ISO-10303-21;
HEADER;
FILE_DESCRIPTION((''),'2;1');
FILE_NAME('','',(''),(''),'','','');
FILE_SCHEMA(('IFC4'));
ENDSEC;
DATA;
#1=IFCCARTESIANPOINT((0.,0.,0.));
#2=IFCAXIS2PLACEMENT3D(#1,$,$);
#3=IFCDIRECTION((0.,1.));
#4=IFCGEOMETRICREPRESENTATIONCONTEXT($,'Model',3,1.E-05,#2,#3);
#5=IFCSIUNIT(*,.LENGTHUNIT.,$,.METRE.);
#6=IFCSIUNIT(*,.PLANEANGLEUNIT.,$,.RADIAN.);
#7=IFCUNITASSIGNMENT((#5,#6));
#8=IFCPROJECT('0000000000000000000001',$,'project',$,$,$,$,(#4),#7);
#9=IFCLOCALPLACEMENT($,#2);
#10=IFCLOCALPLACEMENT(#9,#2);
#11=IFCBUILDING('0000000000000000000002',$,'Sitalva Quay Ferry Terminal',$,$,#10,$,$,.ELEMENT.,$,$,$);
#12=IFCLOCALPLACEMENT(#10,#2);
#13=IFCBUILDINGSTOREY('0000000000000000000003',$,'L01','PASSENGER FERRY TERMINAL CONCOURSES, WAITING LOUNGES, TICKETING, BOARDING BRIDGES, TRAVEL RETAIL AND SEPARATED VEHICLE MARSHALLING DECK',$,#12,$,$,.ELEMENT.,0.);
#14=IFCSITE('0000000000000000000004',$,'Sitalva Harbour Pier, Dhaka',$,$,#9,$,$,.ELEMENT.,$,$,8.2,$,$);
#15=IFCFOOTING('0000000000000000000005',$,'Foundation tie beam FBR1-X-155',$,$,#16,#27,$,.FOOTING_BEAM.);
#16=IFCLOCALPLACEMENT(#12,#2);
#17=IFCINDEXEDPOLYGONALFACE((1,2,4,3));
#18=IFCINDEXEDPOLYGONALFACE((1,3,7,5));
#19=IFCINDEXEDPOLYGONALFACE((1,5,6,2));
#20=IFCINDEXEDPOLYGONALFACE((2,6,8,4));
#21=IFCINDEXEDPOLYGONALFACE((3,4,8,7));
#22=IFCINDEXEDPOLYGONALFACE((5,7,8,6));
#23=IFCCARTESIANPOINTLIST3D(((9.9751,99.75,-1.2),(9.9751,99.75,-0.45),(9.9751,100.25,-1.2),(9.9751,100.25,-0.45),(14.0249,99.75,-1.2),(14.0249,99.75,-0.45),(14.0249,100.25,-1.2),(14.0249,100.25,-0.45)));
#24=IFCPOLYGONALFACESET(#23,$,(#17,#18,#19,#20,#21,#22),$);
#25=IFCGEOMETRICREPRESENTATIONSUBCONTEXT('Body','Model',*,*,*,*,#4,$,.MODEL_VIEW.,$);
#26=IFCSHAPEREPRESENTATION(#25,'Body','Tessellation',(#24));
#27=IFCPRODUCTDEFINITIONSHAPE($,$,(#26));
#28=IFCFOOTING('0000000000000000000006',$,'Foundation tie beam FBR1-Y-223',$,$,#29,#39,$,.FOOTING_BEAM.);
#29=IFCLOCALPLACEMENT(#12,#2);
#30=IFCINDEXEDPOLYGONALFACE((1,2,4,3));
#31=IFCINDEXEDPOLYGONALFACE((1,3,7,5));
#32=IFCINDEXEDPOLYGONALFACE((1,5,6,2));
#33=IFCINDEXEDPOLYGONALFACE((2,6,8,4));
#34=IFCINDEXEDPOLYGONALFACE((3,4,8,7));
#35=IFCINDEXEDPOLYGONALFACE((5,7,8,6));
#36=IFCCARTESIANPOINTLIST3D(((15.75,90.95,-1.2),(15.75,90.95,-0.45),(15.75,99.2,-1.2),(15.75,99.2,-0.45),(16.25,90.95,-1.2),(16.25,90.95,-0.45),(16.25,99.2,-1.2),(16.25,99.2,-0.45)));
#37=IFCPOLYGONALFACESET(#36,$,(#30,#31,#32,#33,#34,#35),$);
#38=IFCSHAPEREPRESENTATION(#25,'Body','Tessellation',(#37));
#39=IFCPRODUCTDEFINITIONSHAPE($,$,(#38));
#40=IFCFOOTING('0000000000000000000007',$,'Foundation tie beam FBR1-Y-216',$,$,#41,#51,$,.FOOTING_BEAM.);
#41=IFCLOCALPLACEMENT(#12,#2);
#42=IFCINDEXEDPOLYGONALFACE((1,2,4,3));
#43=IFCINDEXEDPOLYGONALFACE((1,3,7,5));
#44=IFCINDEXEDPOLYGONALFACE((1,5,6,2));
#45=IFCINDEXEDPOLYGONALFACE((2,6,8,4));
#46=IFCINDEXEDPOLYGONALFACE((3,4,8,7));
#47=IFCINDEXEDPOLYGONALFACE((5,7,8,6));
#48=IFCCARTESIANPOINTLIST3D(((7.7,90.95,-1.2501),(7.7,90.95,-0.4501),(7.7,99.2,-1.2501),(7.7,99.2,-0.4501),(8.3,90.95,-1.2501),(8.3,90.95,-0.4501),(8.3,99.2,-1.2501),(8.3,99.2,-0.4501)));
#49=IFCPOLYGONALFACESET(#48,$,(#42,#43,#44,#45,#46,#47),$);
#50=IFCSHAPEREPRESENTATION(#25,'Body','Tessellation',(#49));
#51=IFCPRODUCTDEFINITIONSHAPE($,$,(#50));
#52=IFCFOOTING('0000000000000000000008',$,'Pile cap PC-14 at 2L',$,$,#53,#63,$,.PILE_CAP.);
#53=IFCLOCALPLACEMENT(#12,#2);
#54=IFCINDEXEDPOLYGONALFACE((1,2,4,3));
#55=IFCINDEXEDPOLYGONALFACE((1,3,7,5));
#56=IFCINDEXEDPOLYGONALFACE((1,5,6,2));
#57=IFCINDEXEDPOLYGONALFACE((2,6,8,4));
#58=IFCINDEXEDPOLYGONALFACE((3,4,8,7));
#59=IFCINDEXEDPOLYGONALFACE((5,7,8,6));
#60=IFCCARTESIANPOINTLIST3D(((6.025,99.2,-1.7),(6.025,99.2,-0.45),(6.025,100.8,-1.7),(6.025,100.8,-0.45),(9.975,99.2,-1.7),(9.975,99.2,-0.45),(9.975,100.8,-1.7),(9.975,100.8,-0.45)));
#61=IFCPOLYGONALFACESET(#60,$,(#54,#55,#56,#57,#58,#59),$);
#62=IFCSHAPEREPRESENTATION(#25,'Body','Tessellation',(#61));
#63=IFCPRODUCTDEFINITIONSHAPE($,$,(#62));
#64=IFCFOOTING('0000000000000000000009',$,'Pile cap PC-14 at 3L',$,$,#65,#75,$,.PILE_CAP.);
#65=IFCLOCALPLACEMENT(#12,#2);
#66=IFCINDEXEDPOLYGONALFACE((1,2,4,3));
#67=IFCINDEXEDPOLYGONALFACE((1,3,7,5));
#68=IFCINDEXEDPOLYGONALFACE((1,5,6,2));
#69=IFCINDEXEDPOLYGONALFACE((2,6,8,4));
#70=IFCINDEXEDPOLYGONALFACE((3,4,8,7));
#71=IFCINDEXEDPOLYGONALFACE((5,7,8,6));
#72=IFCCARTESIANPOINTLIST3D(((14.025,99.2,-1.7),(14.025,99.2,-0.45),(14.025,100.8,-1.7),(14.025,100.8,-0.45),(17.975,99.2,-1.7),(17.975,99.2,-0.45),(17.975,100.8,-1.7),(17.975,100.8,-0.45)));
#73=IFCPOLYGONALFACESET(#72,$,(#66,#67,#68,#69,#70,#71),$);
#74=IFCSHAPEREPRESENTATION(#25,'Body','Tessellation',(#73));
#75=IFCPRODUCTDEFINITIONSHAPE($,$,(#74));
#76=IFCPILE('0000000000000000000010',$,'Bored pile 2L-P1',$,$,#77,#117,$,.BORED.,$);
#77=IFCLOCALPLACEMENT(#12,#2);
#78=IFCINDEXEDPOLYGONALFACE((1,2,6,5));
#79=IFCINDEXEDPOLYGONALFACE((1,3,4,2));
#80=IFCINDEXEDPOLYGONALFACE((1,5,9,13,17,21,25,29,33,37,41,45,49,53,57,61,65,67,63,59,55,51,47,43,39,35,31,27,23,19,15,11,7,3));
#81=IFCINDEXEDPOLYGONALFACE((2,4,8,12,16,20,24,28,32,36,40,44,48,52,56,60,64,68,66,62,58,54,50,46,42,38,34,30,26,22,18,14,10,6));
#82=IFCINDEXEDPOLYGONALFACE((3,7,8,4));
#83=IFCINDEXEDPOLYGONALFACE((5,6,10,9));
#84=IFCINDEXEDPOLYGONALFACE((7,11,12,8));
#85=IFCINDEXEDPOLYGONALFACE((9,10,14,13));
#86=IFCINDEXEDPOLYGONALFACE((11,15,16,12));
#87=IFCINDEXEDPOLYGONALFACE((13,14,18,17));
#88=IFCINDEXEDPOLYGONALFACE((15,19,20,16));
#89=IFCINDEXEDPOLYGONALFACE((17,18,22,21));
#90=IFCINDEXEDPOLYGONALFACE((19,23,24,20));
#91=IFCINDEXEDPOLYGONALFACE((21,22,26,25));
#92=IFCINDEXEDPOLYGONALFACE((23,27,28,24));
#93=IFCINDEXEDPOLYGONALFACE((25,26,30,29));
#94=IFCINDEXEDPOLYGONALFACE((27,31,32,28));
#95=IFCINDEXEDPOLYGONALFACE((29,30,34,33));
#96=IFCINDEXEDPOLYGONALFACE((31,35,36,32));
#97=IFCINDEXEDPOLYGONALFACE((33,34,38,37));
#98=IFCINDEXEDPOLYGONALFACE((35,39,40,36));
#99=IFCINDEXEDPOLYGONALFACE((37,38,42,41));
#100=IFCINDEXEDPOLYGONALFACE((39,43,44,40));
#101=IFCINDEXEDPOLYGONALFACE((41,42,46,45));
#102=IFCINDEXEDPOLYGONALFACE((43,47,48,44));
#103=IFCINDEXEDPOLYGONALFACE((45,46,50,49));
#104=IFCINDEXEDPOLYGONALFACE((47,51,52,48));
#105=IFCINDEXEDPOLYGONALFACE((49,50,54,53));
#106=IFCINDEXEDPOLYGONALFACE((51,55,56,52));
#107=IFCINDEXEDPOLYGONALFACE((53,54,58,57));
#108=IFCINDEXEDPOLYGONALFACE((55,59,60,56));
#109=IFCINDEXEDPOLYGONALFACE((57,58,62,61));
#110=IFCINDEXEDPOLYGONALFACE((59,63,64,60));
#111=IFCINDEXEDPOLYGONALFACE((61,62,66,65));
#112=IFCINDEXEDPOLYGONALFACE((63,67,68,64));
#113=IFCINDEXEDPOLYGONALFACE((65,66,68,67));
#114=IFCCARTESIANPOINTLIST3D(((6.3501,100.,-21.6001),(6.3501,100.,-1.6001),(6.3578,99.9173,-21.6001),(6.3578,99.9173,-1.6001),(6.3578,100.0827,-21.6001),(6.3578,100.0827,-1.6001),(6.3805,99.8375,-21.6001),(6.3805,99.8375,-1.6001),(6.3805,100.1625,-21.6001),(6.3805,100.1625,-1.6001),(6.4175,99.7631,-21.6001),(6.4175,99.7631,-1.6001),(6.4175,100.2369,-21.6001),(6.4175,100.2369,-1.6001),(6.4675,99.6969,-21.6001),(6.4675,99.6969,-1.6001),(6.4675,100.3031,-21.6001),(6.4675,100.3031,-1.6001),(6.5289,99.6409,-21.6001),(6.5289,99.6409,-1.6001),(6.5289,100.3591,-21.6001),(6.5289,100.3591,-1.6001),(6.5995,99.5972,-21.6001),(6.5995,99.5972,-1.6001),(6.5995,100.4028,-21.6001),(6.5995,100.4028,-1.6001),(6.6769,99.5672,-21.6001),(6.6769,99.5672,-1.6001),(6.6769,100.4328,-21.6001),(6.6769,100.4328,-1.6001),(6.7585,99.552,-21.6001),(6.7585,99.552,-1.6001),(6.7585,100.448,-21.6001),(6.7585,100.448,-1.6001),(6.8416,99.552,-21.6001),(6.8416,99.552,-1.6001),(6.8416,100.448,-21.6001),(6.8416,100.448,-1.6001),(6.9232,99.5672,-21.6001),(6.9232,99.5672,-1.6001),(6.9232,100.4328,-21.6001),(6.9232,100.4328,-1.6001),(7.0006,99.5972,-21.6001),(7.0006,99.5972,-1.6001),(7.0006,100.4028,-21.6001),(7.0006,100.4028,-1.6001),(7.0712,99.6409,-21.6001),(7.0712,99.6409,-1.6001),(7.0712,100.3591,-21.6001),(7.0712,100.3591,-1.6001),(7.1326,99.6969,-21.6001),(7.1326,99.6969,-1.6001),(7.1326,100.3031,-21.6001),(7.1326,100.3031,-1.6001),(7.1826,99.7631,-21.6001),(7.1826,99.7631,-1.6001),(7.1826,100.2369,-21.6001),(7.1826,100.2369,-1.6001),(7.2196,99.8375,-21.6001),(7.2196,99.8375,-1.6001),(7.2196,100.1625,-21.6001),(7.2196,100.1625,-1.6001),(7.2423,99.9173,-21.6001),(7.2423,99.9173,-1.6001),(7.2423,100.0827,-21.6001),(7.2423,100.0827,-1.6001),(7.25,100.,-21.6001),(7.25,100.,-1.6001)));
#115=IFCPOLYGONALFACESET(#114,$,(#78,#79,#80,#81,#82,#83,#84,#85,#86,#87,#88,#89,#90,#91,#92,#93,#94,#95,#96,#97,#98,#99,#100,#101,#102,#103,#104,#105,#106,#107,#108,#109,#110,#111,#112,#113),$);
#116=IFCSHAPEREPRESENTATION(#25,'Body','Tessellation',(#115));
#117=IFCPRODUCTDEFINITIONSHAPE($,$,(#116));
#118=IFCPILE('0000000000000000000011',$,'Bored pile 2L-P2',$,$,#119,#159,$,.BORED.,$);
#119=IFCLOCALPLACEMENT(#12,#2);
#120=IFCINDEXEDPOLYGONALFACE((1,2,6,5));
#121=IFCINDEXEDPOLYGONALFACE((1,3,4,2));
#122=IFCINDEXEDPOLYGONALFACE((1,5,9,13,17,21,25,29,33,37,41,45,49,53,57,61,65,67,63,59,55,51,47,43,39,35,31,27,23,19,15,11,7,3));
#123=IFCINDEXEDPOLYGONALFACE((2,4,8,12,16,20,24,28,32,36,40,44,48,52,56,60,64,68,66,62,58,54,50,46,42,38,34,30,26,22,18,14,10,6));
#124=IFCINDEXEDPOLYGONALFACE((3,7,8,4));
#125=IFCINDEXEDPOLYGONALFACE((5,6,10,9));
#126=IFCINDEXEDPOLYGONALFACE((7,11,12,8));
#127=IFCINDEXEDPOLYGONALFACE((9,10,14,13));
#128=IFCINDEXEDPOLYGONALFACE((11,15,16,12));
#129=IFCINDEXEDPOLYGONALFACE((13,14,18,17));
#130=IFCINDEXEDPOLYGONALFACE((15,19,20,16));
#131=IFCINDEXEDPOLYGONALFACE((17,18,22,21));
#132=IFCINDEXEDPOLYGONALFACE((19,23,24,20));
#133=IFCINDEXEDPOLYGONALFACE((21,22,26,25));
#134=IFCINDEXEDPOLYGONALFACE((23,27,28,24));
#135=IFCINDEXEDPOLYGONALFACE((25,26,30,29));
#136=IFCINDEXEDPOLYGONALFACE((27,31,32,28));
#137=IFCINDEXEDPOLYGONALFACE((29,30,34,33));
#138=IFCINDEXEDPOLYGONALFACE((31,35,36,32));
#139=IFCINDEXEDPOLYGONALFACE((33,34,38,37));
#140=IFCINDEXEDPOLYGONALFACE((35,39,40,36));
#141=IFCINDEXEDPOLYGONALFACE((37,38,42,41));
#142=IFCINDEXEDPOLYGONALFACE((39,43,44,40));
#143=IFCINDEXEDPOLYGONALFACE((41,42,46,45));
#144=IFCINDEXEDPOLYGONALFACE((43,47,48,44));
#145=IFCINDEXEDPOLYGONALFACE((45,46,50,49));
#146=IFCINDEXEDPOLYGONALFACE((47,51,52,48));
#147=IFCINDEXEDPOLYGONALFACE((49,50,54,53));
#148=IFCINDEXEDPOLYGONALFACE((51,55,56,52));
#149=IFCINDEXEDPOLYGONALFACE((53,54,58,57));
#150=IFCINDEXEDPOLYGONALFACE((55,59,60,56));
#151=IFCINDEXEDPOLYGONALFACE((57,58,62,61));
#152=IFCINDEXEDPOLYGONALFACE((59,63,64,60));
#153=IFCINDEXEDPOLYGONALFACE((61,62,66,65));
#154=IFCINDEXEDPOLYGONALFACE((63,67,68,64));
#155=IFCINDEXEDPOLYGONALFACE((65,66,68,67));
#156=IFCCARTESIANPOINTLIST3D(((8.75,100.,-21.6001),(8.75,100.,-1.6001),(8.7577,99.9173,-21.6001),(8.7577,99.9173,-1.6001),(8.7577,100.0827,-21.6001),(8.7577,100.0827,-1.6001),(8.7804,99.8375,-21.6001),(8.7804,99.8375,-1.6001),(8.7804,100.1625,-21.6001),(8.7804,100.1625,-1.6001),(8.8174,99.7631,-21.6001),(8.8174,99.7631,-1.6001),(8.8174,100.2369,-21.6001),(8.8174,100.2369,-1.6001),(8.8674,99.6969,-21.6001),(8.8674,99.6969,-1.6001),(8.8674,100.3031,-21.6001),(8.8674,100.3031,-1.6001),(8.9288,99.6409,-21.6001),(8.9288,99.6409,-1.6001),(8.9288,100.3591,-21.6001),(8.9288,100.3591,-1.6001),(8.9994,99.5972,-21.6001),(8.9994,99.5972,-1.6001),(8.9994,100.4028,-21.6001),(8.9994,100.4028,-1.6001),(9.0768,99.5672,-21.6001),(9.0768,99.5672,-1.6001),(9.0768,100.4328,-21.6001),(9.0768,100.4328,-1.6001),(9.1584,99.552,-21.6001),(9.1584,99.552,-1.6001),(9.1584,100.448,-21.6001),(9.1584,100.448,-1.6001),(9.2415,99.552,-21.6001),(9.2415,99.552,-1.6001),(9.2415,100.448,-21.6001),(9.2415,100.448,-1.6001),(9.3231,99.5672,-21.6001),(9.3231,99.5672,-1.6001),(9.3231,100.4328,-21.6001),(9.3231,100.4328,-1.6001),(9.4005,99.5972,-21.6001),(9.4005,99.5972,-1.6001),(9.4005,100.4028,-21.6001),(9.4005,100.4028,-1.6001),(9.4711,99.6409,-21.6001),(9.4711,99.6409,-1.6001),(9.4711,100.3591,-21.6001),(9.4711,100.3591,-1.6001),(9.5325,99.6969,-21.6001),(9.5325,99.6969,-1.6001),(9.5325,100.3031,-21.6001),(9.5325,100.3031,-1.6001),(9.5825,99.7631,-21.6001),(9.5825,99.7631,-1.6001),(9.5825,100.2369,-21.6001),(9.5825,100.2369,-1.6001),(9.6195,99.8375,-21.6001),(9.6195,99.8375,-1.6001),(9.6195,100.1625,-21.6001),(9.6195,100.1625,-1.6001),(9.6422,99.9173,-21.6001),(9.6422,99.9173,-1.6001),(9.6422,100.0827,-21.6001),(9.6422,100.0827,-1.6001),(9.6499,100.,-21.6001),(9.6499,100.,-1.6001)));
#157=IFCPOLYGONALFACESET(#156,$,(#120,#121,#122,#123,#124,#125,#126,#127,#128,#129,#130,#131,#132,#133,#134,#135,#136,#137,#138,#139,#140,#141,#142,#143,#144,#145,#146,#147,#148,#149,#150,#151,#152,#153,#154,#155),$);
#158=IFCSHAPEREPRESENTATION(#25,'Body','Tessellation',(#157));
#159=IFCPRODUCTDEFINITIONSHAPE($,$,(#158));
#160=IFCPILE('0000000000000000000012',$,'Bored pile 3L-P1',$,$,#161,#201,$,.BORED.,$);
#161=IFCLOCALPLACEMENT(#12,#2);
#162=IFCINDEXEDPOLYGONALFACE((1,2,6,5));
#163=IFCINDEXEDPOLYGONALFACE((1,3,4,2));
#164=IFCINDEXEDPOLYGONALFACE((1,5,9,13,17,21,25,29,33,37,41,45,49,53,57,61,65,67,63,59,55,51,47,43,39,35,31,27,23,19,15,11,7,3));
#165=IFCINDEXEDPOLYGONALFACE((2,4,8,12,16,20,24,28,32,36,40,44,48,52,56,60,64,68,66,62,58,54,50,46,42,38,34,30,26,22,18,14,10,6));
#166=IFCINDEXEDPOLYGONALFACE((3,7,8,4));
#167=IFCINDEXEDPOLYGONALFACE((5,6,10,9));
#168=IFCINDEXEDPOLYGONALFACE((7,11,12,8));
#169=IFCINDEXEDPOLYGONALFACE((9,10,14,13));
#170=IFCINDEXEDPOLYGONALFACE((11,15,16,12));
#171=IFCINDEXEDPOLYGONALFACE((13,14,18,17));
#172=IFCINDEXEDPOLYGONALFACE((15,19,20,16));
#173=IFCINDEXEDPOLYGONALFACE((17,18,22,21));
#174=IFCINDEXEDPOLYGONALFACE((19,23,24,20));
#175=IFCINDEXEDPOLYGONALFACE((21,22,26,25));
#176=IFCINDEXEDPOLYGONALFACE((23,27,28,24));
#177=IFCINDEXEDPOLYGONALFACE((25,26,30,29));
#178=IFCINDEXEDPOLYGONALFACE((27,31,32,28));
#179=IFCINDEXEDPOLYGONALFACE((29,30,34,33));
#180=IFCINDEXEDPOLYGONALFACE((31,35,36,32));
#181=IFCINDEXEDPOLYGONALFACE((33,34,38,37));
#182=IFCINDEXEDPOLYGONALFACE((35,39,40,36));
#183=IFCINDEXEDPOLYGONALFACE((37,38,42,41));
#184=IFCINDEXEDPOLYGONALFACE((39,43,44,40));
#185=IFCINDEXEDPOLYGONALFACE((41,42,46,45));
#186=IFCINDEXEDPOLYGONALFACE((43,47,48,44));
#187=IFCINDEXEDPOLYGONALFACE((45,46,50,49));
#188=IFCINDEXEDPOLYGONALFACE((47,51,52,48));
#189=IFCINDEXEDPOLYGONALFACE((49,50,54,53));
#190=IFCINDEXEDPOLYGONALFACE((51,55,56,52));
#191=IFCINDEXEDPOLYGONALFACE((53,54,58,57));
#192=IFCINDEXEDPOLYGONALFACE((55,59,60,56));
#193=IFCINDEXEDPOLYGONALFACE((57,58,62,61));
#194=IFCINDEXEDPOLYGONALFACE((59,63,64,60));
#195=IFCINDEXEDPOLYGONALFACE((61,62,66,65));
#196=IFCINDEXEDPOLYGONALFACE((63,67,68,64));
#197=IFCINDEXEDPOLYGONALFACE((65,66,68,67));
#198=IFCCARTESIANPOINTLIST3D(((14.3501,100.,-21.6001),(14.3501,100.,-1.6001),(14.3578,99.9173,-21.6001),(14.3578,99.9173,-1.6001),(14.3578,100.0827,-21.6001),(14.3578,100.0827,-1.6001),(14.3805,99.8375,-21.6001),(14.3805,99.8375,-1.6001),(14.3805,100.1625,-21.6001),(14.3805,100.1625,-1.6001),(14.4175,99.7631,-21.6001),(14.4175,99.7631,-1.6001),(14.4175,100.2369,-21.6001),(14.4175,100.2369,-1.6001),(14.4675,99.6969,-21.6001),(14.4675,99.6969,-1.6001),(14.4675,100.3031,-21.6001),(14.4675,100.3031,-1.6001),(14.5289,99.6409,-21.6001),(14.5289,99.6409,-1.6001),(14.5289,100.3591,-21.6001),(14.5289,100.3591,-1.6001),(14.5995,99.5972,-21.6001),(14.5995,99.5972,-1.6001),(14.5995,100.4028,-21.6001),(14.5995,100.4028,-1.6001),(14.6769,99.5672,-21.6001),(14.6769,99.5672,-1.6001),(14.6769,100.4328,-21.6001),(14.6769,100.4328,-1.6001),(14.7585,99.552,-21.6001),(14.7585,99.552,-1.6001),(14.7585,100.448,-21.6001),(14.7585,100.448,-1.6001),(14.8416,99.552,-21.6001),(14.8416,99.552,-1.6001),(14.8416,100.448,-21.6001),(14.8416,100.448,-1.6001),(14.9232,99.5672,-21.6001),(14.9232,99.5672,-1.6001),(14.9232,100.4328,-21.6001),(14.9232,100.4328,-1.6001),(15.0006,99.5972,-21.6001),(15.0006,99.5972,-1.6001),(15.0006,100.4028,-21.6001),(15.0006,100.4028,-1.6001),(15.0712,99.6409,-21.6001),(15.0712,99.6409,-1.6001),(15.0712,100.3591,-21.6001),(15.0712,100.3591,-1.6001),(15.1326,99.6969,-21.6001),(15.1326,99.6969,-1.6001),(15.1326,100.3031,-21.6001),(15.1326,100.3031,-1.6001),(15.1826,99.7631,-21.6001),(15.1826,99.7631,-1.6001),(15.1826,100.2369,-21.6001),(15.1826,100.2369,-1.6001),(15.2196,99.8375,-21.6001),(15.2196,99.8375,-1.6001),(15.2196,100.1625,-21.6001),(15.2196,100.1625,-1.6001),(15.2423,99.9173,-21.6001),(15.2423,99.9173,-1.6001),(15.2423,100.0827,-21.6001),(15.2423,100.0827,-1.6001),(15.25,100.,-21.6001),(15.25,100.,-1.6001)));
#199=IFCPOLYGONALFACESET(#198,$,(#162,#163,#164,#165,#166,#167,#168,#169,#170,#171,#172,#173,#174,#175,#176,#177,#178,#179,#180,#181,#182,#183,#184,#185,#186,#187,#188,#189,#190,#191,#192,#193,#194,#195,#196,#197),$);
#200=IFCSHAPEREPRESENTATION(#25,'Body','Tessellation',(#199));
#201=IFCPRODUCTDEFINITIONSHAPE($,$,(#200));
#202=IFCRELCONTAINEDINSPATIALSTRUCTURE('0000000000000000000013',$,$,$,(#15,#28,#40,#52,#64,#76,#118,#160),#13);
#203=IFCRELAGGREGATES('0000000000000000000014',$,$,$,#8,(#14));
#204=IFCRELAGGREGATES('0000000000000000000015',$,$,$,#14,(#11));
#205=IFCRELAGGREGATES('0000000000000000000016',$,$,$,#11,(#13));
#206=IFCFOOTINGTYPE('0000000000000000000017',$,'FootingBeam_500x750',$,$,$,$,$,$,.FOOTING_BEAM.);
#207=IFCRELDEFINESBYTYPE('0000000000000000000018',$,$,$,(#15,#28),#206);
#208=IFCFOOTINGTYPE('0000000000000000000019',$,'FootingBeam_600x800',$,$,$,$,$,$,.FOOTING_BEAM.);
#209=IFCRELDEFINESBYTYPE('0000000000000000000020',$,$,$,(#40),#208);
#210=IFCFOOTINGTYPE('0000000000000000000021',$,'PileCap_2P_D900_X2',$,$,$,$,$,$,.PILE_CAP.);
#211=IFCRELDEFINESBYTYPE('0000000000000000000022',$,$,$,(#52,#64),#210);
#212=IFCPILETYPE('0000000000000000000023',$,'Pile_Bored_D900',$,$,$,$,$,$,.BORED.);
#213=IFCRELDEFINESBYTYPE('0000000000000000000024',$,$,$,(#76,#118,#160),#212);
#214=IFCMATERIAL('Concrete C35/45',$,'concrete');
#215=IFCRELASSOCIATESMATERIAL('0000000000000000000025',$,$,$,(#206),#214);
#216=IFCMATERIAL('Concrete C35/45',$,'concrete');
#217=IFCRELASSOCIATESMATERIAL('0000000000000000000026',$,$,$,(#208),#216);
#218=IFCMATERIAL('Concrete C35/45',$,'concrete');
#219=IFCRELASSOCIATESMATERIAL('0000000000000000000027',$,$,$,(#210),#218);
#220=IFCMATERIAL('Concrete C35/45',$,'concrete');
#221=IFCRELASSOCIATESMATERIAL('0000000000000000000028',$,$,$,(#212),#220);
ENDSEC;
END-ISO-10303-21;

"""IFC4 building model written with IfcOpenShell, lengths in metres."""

from ifc_helpers import new_model, si_unit, direction, frame, origin, origin_2d, place, context, subcontext, project, spatial, rectangle, circle, extrude, material, material_profile, profile_set, type_object, element, save


model = new_model("IFC4")

# Units and contexts
model_context = context("Model", 3, precision=1e-05, world=origin(), true_north=direction((0.0, 1.0)))
body_context = subcontext(model_context, "Body", "Model", "MODEL_VIEW")
ifc_project = project(units=[si_unit("LENGTHUNIT", "METRE"), si_unit("PLANEANGLEUNIT", "RADIAN")], contexts=[model_context])

# Site, building, storey
site_placement = place(None, origin())
site = spatial("IfcSite", under=ifc_project, at=site_placement, Name="Sitalva Harbour Pier, Dhaka", CompositionType="ELEMENT", RefElevation=8.2)
building_placement = place(site_placement, origin())
building = spatial("IfcBuilding", under=site, at=building_placement, Name="Sitalva Quay Ferry Terminal", CompositionType="ELEMENT")
storey_placement = place(building_placement, origin())
storey = spatial("IfcBuildingStorey", under=building, at=storey_placement, Name="L01", Description="PASSENGER FERRY TERMINAL CONCOURSES, WAITING LOUNGES, TICKETING, BOARDING BRIDGES, TRAVEL RETAIL AND SEPARATED VEHICLE MARSHALLING DECK", CompositionType="ELEMENT", Elevation=0.0)

# Footings
ifc_material_1 = material(Name="Concrete C35/45", Category="concrete")
ifc_material_profile_1 = material_profile(ifc_material_1, rectangle(XDim=0.5, YDim=0.75, at=origin_2d()), Name="RC500x750")
ifc_profile_set_1 = profile_set([ifc_material_profile_1], Name="Concrete C35/45")
footing_type_1 = type_object("IfcFootingType", Name="FootingBeam_500x750", PredefinedType="FOOTING_BEAM", material=ifc_profile_set_1)
footing_1_placement = place(storey_placement, frame((9.9751, 100.0, -0.825), z_axis=(1.0, 0.0, 0.0), x_axis=(0.0, 1.0, 0.0)))
element("IfcFooting", 1, at=footing_1_placement, inside=storey, type_object=footing_type_1, Name="Foundation tie beam FBR1-X-155", PredefinedType="FOOTING_BEAM", context=body_context, shape_type="SweptSolid", body=[
    extrude(rectangle(XDim=0.5, YDim=0.75, at=origin_2d()), origin(), (0.0, 0.0, 1.0), 4.0498),
])
footing_2_placement = place(storey_placement, frame((16.0, 90.95, -0.825), z_axis=(0.0, 1.0, 0.0), x_axis=(-1.0, 0.0, 0.0)))
element("IfcFooting", 2, at=footing_2_placement, inside=storey, type_object=footing_type_1, Name="Foundation tie beam FBR1-Y-223", PredefinedType="FOOTING_BEAM", context=body_context, shape_type="SweptSolid", body=[
    extrude(rectangle(XDim=0.5, YDim=0.75, at=origin_2d()), origin(), (0.0, 0.0, 1.0), 8.25),
])
ifc_material_2 = material(Name="Concrete C35/45", Category="concrete")
ifc_material_profile_2 = material_profile(ifc_material_2, rectangle(XDim=0.6001, YDim=0.8, at=origin_2d()), Name="RC600x800")
ifc_profile_set_2 = profile_set([ifc_material_profile_2], Name="Concrete C35/45")
footing_type_2 = type_object("IfcFootingType", Name="FootingBeam_600x800", PredefinedType="FOOTING_BEAM", material=ifc_profile_set_2)
footing_3_placement = place(storey_placement, frame((8.0, 90.95, -0.8501), z_axis=(0.0, 1.0, 0.0), x_axis=(-1.0, 0.0, 0.0)))
element("IfcFooting", 3, at=footing_3_placement, inside=storey, type_object=footing_type_2, Name="Foundation tie beam FBR1-Y-216", PredefinedType="FOOTING_BEAM", context=body_context, shape_type="SweptSolid", body=[
    extrude(rectangle(XDim=0.6001, YDim=0.8, at=origin_2d()), origin(), (0.0, 0.0, 1.0), 8.25),
])
ifc_material_3 = material(Name="Concrete C35/45", Category="concrete")
footing_type_3 = type_object("IfcFootingType", Name="PileCap_2P_D900_X2", PredefinedType="PILE_CAP", material=ifc_material_3)
for number, where, z_axis, x_axis, name in (
    (4, (8.0, 100.0, -1.7), (0.0, 0.0, 1.0), (1.0, 0.0, 0.0), "Pile cap PC-14 at 2L"),
    (5, (16.0, 100.0, -1.7), (0.0, 0.0, 1.0), (1.0, 0.0, 0.0), "Pile cap PC-14 at 3L"),
):
    element("IfcFooting", number, at=place(storey_placement, frame(where, z_axis=z_axis, x_axis=x_axis)), inside=storey, type_object=footing_type_3, Name=name, PredefinedType="PILE_CAP", context=body_context, shape_type="SweptSolid", body=[
        extrude(rectangle(XDim=3.95, YDim=1.6001, at=origin_2d()), origin(), (0.0, 0.0, 1.0), 1.25),
    ])

# Piles
ifc_material_4 = material(Name="Concrete C35/45", Category="concrete")
ifc_material_profile_3 = material_profile(ifc_material_4, circle(Radius=0.45, at=origin_2d()), Name="PILE-D900")
ifc_profile_set_3 = profile_set([ifc_material_profile_3], Name="Concrete C35/45")
pile_type = type_object("IfcPileType", Name="Pile_Bored_D900", PredefinedType="BORED", material=ifc_profile_set_3)
for number, where, z_axis, x_axis, name in (
    (6, (6.8, 100.0, -1.6001), (0.0, 0.0, -1.0), (1.0, 0.0, 0.0), "Bored pile 2L-P1"),
    (7, (9.2, 100.0, -1.6001), (0.0, 0.0, -1.0), (1.0, 0.0, 0.0), "Bored pile 2L-P2"),
    (8, (14.8, 100.0, -1.6001), (0.0, 0.0, -1.0), (1.0, 0.0, 0.0), "Bored pile 3L-P1"),
):
    element("IfcPile", number, at=place(storey_placement, frame(where, z_axis=z_axis, x_axis=x_axis)), inside=storey, type_object=pile_type, Name=name, PredefinedType="BORED", context=body_context, shape_type="SweptSolid", body=[
        extrude(circle(Radius=0.45, at=origin_2d()), origin(), (0.0, 0.0, 1.0), 20.0),
    ])

save(model, "model.ifc")
